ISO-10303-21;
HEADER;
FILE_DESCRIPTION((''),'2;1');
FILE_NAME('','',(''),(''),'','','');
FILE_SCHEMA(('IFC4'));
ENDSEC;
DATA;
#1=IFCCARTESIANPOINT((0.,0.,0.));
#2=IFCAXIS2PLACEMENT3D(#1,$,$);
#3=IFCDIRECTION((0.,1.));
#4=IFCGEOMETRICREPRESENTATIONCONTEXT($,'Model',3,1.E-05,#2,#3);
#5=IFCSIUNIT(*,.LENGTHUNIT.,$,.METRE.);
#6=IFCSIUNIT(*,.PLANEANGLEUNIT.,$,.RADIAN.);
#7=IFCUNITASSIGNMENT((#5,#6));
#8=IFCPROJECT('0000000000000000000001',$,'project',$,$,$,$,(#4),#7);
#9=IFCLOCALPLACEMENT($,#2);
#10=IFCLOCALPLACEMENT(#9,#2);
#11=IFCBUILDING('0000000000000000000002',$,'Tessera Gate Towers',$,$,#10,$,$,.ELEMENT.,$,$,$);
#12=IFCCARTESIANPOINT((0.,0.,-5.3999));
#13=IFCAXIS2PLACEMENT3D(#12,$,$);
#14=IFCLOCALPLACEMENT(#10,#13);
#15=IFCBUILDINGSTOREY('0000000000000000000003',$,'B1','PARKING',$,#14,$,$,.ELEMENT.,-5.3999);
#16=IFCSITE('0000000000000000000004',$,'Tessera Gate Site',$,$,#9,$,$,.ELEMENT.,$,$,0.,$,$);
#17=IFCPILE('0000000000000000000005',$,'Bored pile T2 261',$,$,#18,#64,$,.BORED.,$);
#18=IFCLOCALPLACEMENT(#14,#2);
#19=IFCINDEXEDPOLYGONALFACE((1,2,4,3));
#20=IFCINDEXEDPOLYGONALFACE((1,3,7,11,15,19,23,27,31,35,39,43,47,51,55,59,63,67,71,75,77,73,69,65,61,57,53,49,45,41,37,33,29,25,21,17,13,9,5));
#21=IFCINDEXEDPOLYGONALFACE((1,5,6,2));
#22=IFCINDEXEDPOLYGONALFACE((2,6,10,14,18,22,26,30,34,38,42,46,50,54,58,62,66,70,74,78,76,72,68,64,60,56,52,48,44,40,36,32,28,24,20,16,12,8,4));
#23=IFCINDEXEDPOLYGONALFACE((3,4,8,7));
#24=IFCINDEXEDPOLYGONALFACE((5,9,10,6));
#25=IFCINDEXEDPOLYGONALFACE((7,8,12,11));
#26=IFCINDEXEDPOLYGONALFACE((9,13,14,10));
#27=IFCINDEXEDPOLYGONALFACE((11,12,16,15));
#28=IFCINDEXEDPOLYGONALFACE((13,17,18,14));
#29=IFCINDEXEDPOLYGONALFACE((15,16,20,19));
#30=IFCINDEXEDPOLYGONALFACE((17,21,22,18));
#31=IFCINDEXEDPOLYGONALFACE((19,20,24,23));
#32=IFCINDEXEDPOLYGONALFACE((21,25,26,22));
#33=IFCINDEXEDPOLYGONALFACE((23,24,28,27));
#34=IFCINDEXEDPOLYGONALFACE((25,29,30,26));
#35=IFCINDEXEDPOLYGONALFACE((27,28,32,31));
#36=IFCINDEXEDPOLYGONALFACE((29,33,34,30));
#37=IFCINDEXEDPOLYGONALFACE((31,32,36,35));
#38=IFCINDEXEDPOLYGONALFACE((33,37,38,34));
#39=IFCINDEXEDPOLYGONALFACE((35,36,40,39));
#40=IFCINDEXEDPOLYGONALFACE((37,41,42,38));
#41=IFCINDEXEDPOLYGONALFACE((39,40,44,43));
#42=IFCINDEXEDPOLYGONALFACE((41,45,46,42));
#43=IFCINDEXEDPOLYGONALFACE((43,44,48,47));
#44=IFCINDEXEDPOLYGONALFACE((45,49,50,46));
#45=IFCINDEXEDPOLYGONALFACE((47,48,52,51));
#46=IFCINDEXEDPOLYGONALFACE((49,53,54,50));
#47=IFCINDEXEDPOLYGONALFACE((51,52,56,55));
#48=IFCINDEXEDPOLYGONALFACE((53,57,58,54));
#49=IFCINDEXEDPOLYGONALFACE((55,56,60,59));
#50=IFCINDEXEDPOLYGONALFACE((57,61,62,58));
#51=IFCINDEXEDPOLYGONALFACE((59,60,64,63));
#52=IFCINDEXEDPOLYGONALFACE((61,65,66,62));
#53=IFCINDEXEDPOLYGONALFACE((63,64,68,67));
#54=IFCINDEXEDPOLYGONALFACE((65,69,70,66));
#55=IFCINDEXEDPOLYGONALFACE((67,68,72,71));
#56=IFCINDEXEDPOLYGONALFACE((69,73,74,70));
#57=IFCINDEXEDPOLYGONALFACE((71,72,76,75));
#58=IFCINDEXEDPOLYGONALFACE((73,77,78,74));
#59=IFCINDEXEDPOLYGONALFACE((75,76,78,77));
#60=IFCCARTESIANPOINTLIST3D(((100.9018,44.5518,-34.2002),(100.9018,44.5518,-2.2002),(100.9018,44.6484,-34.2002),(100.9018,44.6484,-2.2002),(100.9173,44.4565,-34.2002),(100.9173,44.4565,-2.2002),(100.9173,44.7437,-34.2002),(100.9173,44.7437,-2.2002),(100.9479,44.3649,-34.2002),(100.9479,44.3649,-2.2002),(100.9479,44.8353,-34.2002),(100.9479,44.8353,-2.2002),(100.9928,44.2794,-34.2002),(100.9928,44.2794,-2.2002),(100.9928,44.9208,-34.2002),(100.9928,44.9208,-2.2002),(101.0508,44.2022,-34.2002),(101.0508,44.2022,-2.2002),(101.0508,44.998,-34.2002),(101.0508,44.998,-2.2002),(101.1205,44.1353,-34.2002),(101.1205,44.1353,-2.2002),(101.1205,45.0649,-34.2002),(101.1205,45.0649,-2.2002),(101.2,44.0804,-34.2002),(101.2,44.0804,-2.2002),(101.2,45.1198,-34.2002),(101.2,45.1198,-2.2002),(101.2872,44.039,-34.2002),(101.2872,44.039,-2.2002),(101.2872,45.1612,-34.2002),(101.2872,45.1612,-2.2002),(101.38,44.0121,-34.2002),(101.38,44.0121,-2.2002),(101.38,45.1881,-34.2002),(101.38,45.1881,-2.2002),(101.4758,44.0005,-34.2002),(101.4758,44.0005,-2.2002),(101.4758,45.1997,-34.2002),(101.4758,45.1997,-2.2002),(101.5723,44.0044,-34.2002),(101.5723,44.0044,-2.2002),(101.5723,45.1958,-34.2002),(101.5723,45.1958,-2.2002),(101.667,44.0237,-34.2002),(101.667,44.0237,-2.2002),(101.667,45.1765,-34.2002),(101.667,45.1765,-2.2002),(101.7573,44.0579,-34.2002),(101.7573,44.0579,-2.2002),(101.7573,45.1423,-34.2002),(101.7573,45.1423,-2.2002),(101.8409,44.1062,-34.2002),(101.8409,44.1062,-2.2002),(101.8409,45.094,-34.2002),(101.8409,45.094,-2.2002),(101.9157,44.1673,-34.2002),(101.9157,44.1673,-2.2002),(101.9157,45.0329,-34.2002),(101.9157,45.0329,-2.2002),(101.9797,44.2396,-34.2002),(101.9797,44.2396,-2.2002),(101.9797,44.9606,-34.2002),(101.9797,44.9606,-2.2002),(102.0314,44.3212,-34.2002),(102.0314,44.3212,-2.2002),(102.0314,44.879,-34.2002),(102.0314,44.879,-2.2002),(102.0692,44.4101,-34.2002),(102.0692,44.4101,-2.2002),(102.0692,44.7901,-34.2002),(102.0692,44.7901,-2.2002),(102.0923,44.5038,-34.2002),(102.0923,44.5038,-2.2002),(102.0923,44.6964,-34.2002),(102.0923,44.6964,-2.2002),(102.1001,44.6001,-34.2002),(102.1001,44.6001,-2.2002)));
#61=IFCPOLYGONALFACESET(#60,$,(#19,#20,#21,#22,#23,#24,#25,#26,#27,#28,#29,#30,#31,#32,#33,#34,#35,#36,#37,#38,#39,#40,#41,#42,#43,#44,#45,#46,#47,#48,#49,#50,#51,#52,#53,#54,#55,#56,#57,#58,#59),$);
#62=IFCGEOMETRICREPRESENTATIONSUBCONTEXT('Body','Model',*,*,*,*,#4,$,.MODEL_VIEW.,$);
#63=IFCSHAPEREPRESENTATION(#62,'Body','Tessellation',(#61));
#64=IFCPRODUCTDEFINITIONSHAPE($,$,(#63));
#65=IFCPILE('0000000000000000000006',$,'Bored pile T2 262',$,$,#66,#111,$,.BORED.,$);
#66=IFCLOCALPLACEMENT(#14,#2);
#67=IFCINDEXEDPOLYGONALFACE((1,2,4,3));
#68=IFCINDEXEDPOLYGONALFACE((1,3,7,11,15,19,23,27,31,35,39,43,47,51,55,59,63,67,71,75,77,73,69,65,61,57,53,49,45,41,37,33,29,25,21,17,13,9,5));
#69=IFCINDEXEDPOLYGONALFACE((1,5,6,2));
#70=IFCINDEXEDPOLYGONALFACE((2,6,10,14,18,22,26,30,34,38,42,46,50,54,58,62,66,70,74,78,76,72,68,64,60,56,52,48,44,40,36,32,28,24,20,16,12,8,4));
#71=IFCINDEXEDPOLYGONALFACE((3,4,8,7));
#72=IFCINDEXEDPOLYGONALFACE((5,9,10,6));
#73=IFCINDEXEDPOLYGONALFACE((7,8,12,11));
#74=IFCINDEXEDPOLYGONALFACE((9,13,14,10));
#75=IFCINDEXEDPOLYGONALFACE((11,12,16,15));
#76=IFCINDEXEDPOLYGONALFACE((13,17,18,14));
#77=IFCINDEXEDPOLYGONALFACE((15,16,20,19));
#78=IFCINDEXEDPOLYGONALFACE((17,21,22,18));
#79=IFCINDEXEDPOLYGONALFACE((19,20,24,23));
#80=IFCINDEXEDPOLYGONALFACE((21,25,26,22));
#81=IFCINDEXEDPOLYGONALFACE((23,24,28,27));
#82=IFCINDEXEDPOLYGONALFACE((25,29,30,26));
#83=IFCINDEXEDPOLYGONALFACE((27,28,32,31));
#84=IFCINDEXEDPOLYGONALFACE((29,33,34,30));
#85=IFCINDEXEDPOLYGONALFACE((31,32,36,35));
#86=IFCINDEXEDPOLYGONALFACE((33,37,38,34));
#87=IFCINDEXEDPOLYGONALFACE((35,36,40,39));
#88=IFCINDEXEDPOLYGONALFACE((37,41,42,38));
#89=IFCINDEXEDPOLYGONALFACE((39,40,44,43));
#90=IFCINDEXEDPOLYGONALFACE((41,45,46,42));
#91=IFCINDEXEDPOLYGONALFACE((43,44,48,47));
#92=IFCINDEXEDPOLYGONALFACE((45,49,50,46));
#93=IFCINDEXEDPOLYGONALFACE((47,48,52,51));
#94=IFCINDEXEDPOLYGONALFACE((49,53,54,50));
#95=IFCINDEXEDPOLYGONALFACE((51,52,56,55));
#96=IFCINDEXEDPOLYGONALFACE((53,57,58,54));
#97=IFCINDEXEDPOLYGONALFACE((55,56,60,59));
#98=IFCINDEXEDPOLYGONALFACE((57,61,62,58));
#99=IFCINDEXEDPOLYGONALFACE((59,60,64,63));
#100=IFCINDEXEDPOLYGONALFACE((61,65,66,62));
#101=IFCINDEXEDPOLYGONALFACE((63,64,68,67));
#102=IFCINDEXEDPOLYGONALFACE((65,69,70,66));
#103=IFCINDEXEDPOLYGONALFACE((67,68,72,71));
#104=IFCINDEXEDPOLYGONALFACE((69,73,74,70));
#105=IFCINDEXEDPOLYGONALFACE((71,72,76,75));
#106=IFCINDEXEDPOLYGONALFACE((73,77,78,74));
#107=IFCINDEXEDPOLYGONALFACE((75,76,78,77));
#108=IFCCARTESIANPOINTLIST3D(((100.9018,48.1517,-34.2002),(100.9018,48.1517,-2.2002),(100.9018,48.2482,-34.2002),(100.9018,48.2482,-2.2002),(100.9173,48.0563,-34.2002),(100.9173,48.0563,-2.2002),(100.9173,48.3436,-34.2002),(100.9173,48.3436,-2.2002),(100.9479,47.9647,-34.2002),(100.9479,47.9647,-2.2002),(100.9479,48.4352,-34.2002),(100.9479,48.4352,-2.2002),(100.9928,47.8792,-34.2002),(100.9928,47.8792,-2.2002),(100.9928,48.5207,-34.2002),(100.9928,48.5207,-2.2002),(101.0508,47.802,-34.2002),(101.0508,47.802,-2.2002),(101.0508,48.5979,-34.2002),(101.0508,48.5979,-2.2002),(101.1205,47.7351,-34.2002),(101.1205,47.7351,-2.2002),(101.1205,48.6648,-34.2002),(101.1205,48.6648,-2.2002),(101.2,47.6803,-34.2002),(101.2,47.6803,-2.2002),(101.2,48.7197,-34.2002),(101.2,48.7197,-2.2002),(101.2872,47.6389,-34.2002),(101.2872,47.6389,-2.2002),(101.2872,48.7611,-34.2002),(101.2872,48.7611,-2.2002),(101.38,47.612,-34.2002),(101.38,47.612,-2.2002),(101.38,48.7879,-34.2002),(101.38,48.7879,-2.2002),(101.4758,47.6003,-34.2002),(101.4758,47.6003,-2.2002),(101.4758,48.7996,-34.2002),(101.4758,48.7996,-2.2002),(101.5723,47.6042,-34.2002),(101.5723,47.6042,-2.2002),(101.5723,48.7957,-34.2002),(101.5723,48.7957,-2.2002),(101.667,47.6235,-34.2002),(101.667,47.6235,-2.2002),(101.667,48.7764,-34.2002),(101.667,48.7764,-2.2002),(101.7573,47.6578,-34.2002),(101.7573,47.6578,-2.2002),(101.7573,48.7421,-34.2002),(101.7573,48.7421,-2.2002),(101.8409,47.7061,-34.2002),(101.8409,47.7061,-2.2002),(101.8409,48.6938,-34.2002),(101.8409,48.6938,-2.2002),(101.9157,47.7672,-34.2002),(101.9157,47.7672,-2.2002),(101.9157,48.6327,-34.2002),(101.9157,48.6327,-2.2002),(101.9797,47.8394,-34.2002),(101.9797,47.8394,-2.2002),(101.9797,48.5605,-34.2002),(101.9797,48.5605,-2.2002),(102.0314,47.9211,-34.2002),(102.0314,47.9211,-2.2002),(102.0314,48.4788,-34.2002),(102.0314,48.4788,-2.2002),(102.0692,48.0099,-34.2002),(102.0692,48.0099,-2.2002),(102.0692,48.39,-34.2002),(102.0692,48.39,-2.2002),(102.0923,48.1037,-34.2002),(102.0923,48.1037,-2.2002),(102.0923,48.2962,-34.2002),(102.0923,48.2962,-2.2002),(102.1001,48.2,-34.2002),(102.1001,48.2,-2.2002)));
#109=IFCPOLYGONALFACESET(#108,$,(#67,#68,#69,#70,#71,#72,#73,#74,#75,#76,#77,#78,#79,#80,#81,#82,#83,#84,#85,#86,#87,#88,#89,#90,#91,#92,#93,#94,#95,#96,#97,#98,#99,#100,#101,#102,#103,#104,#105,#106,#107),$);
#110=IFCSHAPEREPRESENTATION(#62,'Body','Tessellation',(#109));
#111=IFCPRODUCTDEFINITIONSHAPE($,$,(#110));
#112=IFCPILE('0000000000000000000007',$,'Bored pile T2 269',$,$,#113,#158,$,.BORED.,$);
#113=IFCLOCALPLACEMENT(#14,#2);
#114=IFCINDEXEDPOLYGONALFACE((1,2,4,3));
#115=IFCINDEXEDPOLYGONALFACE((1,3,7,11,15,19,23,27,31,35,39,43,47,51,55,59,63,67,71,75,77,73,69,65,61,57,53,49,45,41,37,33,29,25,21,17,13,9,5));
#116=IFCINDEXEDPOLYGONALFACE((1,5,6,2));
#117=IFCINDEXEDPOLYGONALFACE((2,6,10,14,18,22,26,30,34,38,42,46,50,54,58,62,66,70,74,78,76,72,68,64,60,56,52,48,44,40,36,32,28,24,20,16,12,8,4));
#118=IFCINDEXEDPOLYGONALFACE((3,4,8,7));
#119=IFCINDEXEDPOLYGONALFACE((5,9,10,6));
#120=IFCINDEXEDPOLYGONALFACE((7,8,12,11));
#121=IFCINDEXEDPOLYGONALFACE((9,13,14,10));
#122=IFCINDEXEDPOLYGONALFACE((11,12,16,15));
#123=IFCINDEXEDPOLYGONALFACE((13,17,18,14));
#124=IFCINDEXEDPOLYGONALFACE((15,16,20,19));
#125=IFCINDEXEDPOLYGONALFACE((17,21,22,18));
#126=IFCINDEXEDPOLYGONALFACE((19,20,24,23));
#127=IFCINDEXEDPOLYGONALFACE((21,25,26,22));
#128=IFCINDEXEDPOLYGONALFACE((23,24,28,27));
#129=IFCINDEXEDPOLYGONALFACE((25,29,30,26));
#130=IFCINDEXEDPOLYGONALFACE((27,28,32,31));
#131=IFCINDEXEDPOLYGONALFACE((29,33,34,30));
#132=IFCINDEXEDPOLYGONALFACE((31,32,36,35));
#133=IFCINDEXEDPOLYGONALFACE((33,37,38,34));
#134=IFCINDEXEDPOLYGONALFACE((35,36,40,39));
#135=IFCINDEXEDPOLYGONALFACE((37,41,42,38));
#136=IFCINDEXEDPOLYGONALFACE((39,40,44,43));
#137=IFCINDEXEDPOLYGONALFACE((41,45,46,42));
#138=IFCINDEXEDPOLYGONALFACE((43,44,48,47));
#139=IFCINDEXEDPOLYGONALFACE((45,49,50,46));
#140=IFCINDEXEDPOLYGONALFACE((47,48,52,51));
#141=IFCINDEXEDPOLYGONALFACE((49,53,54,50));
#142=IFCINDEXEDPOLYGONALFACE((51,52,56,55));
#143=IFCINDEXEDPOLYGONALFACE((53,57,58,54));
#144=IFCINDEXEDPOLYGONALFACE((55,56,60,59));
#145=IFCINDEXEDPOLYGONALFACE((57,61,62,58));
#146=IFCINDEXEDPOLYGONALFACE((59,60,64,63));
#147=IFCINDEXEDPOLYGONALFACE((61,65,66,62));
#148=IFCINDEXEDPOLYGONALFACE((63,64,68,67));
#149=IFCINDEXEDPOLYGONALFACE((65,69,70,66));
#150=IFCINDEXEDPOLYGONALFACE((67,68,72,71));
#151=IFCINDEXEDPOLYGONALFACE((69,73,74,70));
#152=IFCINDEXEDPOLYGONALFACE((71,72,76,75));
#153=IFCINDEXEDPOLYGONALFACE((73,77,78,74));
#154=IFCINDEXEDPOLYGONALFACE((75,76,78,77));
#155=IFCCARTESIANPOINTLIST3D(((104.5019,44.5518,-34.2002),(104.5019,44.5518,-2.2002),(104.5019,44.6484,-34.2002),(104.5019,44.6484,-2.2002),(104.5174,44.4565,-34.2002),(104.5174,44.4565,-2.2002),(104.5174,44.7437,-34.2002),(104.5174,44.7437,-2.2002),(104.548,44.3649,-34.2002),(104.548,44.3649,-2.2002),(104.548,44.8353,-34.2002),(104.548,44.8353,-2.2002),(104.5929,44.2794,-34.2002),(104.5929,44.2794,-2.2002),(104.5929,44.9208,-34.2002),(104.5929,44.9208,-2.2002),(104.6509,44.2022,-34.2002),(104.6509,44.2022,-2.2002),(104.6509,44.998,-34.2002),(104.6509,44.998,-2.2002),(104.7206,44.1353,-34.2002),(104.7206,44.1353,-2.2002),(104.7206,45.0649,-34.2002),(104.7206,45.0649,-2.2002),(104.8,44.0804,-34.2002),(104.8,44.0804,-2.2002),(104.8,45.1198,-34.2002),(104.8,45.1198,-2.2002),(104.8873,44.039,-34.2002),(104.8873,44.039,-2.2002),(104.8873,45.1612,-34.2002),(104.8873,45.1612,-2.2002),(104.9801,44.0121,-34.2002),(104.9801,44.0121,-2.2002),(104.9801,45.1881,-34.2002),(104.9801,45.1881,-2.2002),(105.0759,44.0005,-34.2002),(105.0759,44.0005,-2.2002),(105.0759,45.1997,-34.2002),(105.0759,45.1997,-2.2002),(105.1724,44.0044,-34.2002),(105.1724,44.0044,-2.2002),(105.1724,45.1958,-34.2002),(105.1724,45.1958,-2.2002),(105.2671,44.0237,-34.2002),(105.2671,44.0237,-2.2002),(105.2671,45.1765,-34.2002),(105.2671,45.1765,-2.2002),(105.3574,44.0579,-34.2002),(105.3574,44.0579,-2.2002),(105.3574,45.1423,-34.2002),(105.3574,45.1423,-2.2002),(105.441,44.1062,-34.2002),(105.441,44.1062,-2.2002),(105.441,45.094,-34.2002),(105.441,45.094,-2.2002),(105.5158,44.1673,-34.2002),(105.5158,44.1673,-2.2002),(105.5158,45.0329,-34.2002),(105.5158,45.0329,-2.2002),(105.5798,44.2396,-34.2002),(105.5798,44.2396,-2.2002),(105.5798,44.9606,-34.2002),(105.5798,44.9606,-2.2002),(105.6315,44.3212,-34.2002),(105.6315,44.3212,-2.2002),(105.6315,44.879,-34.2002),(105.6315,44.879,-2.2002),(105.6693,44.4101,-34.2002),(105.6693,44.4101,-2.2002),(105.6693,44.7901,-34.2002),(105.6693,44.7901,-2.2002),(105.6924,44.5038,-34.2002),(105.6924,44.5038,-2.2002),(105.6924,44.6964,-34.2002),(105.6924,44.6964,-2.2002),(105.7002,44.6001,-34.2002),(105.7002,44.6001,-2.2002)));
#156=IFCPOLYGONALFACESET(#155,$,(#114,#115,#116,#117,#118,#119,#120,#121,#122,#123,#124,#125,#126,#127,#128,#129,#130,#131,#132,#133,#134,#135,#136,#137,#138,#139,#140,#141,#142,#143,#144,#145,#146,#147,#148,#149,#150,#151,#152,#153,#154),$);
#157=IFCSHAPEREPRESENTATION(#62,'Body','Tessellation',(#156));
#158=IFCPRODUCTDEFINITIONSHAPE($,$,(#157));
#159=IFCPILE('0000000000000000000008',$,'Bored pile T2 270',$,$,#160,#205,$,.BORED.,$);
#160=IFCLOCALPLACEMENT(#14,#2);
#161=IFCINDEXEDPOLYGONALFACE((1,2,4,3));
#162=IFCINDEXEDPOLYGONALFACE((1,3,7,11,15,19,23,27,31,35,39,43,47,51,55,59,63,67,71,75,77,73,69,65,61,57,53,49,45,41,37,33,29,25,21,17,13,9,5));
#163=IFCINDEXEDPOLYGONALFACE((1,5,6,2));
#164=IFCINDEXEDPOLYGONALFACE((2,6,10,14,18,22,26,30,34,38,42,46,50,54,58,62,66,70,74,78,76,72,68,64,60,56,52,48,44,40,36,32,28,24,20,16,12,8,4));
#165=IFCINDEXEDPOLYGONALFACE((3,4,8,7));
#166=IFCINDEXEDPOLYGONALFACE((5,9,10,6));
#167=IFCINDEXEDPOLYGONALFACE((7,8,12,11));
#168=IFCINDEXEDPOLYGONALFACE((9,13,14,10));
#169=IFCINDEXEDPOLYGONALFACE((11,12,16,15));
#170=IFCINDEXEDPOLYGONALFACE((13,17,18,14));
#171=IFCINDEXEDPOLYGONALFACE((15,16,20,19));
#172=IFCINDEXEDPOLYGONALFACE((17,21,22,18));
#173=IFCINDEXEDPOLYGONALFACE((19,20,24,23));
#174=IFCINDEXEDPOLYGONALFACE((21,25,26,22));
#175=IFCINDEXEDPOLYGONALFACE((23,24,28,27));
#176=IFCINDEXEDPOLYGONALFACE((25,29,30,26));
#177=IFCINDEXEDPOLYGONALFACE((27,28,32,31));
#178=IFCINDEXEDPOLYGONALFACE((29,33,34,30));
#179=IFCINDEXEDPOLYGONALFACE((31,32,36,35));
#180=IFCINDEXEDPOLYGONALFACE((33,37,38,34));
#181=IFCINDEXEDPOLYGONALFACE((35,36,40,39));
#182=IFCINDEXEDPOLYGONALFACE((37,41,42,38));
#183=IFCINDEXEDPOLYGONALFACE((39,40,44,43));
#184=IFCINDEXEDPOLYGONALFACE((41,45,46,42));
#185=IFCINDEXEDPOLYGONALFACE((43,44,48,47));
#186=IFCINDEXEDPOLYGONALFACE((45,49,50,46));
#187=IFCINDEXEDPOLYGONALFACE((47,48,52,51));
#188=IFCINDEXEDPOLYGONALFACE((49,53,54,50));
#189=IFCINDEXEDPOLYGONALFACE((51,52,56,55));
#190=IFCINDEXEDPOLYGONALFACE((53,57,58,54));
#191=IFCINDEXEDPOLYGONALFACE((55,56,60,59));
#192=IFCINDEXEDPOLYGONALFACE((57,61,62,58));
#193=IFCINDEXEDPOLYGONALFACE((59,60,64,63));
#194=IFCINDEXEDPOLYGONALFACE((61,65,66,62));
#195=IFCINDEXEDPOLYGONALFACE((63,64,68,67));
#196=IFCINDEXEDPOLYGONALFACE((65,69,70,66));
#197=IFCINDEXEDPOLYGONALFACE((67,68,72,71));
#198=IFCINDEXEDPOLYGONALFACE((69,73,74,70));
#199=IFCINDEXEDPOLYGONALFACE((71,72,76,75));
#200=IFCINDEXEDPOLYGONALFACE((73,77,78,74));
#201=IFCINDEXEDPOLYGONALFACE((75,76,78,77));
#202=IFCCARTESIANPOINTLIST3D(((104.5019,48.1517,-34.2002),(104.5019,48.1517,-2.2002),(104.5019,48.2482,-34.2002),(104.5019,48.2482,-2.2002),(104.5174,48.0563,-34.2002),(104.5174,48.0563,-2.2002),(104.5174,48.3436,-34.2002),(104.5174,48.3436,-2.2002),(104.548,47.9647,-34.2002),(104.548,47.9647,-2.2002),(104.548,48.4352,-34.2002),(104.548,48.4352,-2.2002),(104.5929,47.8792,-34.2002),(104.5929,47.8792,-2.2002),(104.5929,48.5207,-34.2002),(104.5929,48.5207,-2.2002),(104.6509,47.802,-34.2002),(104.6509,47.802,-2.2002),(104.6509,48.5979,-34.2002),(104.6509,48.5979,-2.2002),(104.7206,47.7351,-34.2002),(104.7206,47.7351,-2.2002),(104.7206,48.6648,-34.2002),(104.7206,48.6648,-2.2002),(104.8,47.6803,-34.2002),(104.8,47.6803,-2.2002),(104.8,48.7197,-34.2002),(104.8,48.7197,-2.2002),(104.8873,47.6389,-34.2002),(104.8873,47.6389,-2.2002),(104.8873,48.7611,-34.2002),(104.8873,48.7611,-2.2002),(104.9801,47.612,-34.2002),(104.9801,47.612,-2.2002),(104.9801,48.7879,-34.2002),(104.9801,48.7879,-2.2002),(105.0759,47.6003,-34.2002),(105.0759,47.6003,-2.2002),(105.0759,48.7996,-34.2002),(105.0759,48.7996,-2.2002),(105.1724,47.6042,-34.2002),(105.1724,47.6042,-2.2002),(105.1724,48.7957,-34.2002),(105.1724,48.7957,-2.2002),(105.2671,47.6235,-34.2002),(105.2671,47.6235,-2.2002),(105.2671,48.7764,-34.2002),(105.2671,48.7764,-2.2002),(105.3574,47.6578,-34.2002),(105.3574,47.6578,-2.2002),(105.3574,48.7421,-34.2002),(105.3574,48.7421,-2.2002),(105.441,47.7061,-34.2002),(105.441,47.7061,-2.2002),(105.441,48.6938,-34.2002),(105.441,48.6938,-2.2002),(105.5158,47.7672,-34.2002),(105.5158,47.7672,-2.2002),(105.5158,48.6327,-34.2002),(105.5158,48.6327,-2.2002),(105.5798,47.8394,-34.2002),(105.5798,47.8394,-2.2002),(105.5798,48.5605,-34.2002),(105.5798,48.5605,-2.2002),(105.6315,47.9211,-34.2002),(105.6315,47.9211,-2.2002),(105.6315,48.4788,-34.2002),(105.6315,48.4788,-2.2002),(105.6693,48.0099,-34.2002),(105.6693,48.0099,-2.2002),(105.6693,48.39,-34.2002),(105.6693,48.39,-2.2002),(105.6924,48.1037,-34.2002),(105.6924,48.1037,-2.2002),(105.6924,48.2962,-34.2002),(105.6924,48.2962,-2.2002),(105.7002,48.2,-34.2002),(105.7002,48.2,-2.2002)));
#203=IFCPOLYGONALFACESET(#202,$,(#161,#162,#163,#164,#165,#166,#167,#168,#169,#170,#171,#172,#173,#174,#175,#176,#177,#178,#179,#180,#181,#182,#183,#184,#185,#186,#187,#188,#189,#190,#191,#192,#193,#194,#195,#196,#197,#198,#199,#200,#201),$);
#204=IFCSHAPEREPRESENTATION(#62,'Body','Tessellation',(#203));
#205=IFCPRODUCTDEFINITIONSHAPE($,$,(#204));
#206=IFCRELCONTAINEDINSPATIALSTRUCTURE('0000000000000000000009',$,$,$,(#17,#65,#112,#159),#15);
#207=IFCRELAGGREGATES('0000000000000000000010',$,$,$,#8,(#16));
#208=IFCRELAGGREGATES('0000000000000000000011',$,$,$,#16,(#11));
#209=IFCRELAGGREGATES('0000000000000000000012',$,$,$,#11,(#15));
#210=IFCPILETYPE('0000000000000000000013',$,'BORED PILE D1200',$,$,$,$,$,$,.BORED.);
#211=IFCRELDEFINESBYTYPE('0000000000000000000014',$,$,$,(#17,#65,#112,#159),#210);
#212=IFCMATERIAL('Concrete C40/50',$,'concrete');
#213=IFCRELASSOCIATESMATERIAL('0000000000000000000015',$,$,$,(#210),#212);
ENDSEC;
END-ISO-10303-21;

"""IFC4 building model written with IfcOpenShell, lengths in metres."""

from ifc_helpers import new_model, si_unit, direction, frame, origin, origin_2d, place, context, subcontext, project, spatial, circle, extrude, material, material_profile, profile_set, type_object, element, save


model = new_model("IFC4")

# Units and contexts
model_context = context("Model", 3, precision=1e-05, world=origin(), true_north=direction((0.0, 1.0)))
body_context = subcontext(model_context, "Body", "Model", "MODEL_VIEW")
ifc_project = project(units=[si_unit("LENGTHUNIT", "METRE"), si_unit("PLANEANGLEUNIT", "RADIAN")], contexts=[model_context])

# Site, building, storey
site_placement = place(None, origin())
site = spatial("IfcSite", under=ifc_project, at=site_placement, Name="Tessera Gate Site", CompositionType="ELEMENT", RefElevation=0.0)
building_placement = place(site_placement, origin())
building = spatial("IfcBuilding", under=site, at=building_placement, Name="Tessera Gate Towers", CompositionType="ELEMENT")
storey_placement = place(building_placement, frame((0.0, 0.0, -5.3999)))
storey = spatial("IfcBuildingStorey", under=building, at=storey_placement, Name="B1", Description="PARKING", CompositionType="ELEMENT", Elevation=-5.3999)

# Piles
ifc_material_1 = material(Name="Concrete C40/50", Category="concrete")
ifc_material_profile_1 = material_profile(ifc_material_1, circle(Radius=0.6001, at=origin_2d()), Name="BORED PILE D1200")
ifc_profile_set_1 = profile_set([ifc_material_profile_1], Name="Concrete C40/50")
pile_type = type_object("IfcPileType", Name="BORED PILE D1200", PredefinedType="BORED", material=ifc_profile_set_1)
for number, where, z_axis, x_axis, name in (
    (1, (101.5, 44.6001, -2.2002), (0.0, 0.0, -1.0), (1.0, 0.0, 0.0), "Bored pile T2 261"),
    (2, (101.5, 48.2, -2.2002), (0.0, 0.0, -1.0), (1.0, 0.0, 0.0), "Bored pile T2 262"),
    (3, (105.1001, 44.6001, -2.2002), (0.0, 0.0, -1.0), (1.0, 0.0, 0.0), "Bored pile T2 269"),
    (4, (105.1001, 48.2, -2.2002), (0.0, 0.0, -1.0), (1.0, 0.0, 0.0), "Bored pile T2 270"),
):
    element("IfcPile", number, at=place(storey_placement, frame(where, z_axis=z_axis, x_axis=x_axis)), inside=storey, type_object=pile_type, Name=name, PredefinedType="BORED", context=body_context, shape_type="SweptSolid", body=[
        extrude(circle(Radius=0.6001, at=origin_2d()), origin(), (0.0, 0.0, 1.0), 32.0),
    ])

save(model, "model.ifc")
